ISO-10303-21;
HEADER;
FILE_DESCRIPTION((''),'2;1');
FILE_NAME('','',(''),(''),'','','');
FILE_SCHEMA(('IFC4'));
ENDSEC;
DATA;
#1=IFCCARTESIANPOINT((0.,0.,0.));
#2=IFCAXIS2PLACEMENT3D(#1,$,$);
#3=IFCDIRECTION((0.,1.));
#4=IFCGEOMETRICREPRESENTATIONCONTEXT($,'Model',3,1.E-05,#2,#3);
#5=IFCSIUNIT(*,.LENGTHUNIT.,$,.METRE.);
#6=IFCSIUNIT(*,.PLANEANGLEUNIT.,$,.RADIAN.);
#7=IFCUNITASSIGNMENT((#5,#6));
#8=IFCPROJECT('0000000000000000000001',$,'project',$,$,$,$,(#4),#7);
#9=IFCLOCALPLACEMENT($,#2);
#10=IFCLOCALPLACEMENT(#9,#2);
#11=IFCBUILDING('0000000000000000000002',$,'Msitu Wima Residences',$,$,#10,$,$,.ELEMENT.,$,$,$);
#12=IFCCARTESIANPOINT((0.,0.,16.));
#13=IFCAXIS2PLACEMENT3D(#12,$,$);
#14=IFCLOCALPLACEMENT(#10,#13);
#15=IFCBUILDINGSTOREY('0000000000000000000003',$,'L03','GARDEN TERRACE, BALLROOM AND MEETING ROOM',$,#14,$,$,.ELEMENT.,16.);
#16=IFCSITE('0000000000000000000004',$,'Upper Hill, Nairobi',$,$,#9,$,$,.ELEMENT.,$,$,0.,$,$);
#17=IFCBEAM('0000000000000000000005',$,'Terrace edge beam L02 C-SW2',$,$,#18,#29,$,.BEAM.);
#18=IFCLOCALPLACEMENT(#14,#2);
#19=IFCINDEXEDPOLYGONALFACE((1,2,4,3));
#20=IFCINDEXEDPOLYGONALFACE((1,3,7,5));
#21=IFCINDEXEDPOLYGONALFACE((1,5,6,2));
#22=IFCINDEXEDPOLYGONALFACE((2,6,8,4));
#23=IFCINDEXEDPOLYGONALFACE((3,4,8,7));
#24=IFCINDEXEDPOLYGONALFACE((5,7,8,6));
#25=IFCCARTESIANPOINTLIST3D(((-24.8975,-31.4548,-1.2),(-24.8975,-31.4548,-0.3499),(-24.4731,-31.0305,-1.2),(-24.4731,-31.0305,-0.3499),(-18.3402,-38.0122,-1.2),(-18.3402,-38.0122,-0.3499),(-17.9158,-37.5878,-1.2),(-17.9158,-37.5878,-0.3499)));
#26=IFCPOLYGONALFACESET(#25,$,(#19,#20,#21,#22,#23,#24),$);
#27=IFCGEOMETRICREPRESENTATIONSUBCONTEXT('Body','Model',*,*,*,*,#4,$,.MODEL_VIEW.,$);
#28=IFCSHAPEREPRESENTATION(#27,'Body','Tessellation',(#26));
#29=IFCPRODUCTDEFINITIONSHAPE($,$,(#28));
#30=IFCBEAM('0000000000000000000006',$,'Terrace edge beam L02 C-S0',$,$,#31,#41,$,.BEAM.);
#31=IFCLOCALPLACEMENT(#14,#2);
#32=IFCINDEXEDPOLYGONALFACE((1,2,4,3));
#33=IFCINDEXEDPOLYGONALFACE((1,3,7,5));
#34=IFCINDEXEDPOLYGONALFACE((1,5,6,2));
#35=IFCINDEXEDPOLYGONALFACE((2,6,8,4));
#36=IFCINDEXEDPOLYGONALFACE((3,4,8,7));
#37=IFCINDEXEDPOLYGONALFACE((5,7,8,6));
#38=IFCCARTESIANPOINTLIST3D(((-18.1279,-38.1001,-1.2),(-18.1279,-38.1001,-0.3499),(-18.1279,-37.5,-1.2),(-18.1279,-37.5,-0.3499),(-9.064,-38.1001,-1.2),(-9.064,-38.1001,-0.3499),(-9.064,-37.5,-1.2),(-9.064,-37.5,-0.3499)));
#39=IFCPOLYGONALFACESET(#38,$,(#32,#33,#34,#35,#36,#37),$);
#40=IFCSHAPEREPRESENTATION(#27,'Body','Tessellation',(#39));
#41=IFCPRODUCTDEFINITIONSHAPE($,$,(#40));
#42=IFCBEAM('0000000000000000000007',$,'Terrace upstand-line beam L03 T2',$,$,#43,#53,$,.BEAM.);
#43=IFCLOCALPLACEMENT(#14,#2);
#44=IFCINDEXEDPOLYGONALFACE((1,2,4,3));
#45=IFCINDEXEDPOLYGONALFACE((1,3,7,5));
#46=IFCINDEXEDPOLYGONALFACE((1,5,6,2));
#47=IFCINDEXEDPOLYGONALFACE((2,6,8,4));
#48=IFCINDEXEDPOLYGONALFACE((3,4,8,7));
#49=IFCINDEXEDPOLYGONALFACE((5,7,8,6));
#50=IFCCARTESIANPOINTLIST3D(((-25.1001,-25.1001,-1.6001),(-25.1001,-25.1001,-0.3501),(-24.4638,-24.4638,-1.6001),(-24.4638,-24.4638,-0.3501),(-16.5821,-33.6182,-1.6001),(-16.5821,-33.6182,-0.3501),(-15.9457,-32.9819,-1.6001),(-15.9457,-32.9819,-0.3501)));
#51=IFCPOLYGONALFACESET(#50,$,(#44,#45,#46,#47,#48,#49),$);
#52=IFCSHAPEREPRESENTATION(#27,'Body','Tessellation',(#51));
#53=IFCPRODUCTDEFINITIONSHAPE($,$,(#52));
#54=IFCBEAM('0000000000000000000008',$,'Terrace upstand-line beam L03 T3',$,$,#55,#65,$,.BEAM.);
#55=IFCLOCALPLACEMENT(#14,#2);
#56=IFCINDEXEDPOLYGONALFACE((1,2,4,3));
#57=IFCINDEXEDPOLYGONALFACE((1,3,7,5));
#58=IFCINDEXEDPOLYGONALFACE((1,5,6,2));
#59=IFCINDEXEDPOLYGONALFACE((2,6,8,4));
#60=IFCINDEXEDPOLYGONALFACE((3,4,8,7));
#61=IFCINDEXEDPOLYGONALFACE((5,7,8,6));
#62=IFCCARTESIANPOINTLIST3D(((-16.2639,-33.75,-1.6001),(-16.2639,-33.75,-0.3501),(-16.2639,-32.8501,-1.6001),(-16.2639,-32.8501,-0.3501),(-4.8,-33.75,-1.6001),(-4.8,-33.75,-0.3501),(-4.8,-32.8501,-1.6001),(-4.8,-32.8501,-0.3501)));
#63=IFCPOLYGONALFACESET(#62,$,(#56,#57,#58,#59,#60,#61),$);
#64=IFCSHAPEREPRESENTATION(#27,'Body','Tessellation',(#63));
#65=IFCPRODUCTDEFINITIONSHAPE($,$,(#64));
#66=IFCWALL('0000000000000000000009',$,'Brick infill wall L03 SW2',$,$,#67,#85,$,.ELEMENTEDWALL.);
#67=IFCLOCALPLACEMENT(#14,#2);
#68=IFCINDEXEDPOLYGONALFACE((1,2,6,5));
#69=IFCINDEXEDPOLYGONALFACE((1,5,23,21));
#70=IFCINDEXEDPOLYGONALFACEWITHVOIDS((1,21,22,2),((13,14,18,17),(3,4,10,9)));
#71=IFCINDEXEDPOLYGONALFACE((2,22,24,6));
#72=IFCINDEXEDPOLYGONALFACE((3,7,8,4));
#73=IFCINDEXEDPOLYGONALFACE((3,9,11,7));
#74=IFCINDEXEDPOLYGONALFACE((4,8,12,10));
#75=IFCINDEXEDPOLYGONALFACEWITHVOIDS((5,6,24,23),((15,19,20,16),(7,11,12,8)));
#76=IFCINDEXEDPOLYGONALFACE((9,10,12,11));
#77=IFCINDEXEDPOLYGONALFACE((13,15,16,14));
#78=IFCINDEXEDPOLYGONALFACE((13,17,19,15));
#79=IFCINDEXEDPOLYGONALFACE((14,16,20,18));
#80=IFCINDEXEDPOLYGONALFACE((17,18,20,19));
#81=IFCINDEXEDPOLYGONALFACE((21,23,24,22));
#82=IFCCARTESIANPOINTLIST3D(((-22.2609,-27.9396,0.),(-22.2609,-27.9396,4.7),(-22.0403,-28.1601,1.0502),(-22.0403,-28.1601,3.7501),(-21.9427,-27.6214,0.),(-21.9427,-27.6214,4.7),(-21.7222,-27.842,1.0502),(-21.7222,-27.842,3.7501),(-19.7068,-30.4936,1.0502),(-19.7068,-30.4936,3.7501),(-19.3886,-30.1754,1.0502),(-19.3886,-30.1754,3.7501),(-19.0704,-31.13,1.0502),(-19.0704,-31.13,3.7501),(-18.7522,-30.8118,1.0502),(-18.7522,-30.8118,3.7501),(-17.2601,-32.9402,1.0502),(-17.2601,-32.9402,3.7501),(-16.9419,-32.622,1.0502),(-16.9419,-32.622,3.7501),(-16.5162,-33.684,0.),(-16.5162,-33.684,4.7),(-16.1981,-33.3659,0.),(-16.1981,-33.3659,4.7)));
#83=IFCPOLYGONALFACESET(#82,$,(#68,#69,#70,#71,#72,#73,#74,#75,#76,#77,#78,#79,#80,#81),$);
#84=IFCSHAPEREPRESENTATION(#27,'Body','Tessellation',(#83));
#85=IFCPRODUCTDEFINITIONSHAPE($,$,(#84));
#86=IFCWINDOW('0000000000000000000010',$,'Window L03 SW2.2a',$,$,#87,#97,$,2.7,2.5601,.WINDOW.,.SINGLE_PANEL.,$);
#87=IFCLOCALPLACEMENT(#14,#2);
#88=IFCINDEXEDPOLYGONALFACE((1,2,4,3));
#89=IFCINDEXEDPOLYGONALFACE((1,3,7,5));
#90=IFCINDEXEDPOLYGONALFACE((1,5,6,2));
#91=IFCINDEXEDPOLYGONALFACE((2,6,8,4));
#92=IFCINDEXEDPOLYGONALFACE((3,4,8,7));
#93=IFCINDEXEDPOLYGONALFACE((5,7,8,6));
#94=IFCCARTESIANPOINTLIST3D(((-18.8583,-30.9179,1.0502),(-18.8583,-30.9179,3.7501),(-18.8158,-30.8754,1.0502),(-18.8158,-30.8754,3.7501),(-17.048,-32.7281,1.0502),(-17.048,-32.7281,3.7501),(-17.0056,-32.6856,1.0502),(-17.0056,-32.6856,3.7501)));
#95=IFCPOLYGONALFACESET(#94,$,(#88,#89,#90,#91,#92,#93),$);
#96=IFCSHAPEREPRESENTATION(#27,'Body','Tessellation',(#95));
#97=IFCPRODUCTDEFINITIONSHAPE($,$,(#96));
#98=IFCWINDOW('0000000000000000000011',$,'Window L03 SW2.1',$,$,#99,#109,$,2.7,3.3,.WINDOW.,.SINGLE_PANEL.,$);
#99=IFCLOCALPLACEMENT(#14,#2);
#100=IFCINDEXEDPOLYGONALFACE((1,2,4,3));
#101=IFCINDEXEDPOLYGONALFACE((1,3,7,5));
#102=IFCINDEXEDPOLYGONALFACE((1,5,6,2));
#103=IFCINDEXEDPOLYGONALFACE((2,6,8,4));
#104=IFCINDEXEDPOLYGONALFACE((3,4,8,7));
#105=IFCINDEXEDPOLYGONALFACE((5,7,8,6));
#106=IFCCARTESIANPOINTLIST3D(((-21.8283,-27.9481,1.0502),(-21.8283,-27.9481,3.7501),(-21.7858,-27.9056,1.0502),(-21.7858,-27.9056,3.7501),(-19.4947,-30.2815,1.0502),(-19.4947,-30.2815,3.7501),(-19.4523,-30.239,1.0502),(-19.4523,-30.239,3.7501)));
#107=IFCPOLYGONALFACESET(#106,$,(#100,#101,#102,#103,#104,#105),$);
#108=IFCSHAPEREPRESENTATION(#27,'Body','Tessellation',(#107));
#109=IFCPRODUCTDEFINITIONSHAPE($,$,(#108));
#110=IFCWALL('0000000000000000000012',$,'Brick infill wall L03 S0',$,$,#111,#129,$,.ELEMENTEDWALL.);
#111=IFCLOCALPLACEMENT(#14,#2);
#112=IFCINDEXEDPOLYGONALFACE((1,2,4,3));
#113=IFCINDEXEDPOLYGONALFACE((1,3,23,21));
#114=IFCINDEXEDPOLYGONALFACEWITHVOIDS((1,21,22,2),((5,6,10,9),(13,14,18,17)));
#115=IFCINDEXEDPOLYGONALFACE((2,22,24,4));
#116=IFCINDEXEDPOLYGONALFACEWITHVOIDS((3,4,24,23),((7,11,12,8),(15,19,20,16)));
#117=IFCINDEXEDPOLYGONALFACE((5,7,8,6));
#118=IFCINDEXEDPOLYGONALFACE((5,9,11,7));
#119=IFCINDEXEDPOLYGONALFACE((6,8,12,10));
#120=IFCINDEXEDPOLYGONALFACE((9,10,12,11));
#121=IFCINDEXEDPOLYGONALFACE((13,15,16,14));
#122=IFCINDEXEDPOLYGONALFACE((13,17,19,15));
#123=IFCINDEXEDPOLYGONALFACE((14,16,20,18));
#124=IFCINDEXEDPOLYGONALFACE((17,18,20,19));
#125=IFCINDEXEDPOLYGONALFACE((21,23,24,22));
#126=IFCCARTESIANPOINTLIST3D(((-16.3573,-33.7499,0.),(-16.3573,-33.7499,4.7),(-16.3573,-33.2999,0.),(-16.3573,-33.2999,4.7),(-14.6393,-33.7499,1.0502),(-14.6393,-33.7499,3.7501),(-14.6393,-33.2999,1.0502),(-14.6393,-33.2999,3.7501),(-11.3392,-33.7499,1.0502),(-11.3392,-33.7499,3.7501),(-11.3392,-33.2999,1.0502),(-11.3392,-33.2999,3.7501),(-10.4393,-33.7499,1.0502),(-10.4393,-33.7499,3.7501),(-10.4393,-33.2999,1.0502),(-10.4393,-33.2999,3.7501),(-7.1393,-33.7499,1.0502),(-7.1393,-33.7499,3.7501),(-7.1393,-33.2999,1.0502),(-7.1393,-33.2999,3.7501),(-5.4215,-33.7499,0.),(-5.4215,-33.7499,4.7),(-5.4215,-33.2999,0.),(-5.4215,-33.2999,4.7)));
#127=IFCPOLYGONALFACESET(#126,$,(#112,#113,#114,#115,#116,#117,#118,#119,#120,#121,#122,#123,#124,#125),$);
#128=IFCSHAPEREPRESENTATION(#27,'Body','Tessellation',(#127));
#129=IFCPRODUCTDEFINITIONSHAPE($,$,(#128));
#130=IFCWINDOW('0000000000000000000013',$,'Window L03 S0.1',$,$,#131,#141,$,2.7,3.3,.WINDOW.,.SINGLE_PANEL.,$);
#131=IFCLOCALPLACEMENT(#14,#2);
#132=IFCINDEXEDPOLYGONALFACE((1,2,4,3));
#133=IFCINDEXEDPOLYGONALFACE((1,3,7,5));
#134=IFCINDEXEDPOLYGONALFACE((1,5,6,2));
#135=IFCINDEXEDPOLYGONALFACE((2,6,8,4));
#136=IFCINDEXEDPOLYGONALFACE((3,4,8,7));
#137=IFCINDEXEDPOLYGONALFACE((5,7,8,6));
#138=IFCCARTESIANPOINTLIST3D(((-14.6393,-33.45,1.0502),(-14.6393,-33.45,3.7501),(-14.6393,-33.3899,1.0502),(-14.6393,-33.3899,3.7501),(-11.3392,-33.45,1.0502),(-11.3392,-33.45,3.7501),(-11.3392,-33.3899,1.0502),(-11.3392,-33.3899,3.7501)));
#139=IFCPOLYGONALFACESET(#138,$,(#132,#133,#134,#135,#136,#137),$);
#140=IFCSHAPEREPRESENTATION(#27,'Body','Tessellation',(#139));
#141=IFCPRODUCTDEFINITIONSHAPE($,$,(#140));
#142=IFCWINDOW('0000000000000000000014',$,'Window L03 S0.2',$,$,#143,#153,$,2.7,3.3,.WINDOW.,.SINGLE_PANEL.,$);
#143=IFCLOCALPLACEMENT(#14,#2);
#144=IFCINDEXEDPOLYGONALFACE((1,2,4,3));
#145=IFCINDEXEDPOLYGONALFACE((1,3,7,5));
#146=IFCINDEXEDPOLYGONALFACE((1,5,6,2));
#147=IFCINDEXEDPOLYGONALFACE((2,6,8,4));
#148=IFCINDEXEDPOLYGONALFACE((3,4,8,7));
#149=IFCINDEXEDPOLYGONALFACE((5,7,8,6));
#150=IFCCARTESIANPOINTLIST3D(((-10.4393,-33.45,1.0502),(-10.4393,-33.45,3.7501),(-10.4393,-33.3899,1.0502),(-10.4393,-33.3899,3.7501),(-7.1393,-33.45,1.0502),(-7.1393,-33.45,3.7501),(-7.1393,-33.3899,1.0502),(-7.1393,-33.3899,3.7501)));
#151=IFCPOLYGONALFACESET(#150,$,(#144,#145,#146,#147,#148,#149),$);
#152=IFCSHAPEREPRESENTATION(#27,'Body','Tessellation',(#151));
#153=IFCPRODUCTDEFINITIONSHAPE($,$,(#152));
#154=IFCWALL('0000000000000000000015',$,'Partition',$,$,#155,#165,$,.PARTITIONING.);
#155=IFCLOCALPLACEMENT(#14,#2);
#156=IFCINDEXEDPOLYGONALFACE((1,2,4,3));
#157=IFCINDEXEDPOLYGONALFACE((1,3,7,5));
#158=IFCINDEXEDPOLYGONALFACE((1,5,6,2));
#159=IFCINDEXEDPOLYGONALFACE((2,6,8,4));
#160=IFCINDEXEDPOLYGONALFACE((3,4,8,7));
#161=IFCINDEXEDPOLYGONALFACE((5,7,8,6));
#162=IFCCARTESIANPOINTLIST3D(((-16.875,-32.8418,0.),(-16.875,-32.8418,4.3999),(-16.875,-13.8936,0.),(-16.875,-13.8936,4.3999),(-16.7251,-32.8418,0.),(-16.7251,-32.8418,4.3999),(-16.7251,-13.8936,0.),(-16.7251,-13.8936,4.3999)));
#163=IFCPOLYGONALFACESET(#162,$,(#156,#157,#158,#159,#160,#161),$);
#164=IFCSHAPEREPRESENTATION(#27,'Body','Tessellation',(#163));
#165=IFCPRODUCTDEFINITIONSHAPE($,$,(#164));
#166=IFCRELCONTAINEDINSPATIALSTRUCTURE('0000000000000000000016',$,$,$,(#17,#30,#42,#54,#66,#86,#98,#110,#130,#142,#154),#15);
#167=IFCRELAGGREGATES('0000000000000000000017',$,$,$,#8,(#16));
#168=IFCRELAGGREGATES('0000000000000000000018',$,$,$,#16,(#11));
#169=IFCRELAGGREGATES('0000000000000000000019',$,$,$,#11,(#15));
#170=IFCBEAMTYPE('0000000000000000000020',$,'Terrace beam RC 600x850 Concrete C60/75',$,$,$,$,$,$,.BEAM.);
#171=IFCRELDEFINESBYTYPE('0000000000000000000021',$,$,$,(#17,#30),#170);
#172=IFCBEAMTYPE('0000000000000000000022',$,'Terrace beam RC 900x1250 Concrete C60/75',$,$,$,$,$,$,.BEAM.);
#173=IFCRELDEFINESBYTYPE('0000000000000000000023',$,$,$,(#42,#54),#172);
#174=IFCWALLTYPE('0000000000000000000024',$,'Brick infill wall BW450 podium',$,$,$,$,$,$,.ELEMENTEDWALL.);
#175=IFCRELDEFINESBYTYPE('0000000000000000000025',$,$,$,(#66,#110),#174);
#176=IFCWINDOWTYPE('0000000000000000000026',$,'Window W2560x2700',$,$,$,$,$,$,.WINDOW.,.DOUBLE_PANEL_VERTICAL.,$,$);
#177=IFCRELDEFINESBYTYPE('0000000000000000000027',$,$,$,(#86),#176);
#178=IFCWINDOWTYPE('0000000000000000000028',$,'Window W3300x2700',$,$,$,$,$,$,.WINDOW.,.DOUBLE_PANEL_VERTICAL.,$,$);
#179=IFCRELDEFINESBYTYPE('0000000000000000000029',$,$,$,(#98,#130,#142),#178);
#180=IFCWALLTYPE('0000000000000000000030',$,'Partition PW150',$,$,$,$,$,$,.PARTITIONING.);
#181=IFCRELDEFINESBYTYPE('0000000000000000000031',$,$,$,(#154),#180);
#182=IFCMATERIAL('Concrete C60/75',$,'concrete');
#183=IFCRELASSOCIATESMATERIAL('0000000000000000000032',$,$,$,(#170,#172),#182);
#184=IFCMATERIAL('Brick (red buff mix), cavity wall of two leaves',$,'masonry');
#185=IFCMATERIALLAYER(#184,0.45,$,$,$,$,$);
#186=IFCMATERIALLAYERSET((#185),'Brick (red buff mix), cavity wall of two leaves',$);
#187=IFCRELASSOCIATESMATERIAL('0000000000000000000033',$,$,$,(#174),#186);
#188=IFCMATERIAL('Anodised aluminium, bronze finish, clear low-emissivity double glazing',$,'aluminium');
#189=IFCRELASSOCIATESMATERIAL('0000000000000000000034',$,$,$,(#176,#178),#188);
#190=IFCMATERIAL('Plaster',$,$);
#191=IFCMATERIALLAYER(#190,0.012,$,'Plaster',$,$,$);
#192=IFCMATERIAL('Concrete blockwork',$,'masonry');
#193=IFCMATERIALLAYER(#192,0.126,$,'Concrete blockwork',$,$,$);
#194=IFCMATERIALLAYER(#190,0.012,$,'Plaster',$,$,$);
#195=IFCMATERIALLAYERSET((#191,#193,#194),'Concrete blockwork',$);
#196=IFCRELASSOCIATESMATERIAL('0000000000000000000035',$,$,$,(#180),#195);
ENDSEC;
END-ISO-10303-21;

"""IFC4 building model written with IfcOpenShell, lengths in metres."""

from ifc_helpers import new_model, si_unit, direction, frame, frame_2d, origin, origin_2d, place, context, subcontext, project, spatial, rectangle, extrude, material, layer, layer_set, material_profile, profile_set, type_object, element, fill, save


model = new_model("IFC4")

# Units and contexts
model_context = context("Model", 3, precision=1e-05, world=origin(), true_north=direction((0.0, 1.0)))
body_context = subcontext(model_context, "Body", "Model", "MODEL_VIEW")
ifc_project = project(units=[si_unit("LENGTHUNIT", "METRE"), si_unit("PLANEANGLEUNIT", "RADIAN")], contexts=[model_context])

# Site, building, storey
site_placement = place(None, origin())
site = spatial("IfcSite", under=ifc_project, at=site_placement, Name="Upper Hill, Nairobi", CompositionType="ELEMENT", RefElevation=0.0)
building_placement = place(site_placement, origin())
building = spatial("IfcBuilding", under=site, at=building_placement, Name="Msitu Wima Residences", CompositionType="ELEMENT")
storey_placement = place(building_placement, frame((0.0, 0.0, 16.0)))
storey = spatial("IfcBuildingStorey", under=building, at=storey_placement, Name="L03", Description="GARDEN TERRACE, BALLROOM AND MEETING ROOM", CompositionType="ELEMENT", Elevation=16.0)

# Beams
ifc_material_1 = material(Name="Concrete C60/75", Category="concrete")
ifc_material_profile_1 = material_profile(ifc_material_1, rectangle(XDim=0.6001, YDim=0.8501, at=origin_2d()), Name="RC 600x850")
ifc_profile_set_1 = profile_set([ifc_material_profile_1], Name="Concrete C60/75")
beam_type_1 = type_object("IfcBeamType", Name="Terrace beam RC 600x850 Concrete C60/75", PredefinedType="BEAM", material=ifc_profile_set_1)
beam_1_placement = place(storey_placement, frame((-24.6853, -31.2427, -0.7749), z_axis=(0.707107, -0.707107, 0.0), x_axis=(0.707107, 0.707107, 0.0)))
element("IfcBeam", 1, at=beam_1_placement, inside=storey, type_object=beam_type_1, Name="Terrace edge beam L02 C-SW2", PredefinedType="BEAM", context=body_context, shape_type="SweptSolid", body=[
    extrude(rectangle(XDim=0.6001, YDim=0.8501, at=origin_2d()), origin(), (0.0, 0.0, 1.0), 9.2734),
])
beam_2_placement = place(storey_placement, frame((-18.1279, -37.8, -0.7749), z_axis=(1.0, 0.0, 0.0), x_axis=(0.0, 1.0, 0.0)))
element("IfcBeam", 2, at=beam_2_placement, inside=storey, type_object=beam_type_1, Name="Terrace edge beam L02 C-S0", PredefinedType="BEAM", context=body_context, shape_type="SweptSolid", body=[
    extrude(rectangle(XDim=0.6001, YDim=0.8501, at=origin_2d()), origin(), (0.0, 0.0, 1.0), 9.064),
])
ifc_material_profile_2 = material_profile(ifc_material_1, rectangle(XDim=0.8999, YDim=1.25, at=origin_2d()), Name="RC 900x1250")
ifc_profile_set_2 = profile_set([ifc_material_profile_2], Name="Concrete C60/75")
beam_type_2 = type_object("IfcBeamType", Name="Terrace beam RC 900x1250 Concrete C60/75", PredefinedType="BEAM", material=ifc_profile_set_2)
beam_3_placement = place(storey_placement, frame((-24.782, -24.782, -0.9751), z_axis=(0.707107, -0.707107, 0.0), x_axis=(0.707107, 0.707107, 0.0)))
element("IfcBeam", 3, at=beam_3_placement, inside=storey, type_object=beam_type_2, Name="Terrace upstand-line beam L03 T2", PredefinedType="BEAM", context=body_context, shape_type="SweptSolid", body=[
    extrude(rectangle(XDim=0.8999, YDim=1.25, at=origin_2d()), origin(), (0.0, 0.0, 1.0), 12.0464),
])
beam_4_placement = place(storey_placement, frame((-16.2639, -33.3, -0.9751), z_axis=(1.0, 0.0, 0.0), x_axis=(0.0, 1.0, 0.0)))
element("IfcBeam", 4, at=beam_4_placement, inside=storey, type_object=beam_type_2, Name="Terrace upstand-line beam L03 T3", PredefinedType="BEAM", context=body_context, shape_type="SweptSolid", body=[
    extrude(rectangle(XDim=0.8999, YDim=1.25, at=origin_2d()), origin(), (0.0, 0.0, 1.0), 11.4639),
])

# Walls, openings, windows
ifc_material_2 = material(Name="Brick (red buff mix), cavity wall of two leaves", Category="masonry")
ifc_layer_1 = layer(ifc_material_2, 0.45)
ifc_layer_set_1 = layer_set([ifc_layer_1], Name="Brick (red buff mix), cavity wall of two leaves")
wall_type_1 = type_object("IfcWallType", Name="Brick infill wall BW450 podium", PredefinedType="ELEMENTEDWALL", material=ifc_layer_set_1)
wall_1_placement = place(storey_placement, frame((-22.1018, -27.7805, 0.0), z_axis=(0.0, 0.0, 1.0), x_axis=(0.707122, -0.707092, 0.0)))
wall_1 = element("IfcWall", 5, at=wall_1_placement, inside=storey, type_object=wall_type_1, Name="Brick infill wall L03 SW2", PredefinedType="ELEMENTEDWALL", context=body_context, shape_type="SweptSolid", body=[
    extrude(rectangle(XDim=8.124, YDim=0.45, at=frame_2d((4.062, 0.0))), origin(), (0.0, 0.0, 1.0), 4.7),
])
opening_1_placement = place(wall_1_placement, frame((0.312, 0.0, 1.05)))
opening_1 = element("IfcOpeningElement", 6, at=opening_1_placement, cuts=wall_1, PredefinedType="OPENING", context=body_context, shape_type="SweptSolid", body=[
    extrude(rectangle(XDim=3.3, YDim=2.7, at=frame_2d((1.6499, 1.3501))), frame((0.0, 0.2349, 0.0), z_axis=(0.0, -1.0, 0.0), x_axis=(1.0, 0.0, 0.0)), (0.0, 0.0, 1.0), 0.47),
])
opening_2_placement = place(wall_1_placement, frame((4.512, 0.0, 1.05)))
opening_2 = element("IfcOpeningElement", 7, at=opening_2_placement, cuts=wall_1, PredefinedType="OPENING", context=body_context, shape_type="SweptSolid", body=[
    extrude(rectangle(XDim=2.5601, YDim=2.7, at=frame_2d((1.28, 1.3501))), frame((0.0, 0.2349, 0.0), z_axis=(0.0, -1.0, 0.0), x_axis=(1.0, 0.0, 0.0)), (0.0, 0.0, 1.0), 0.47),
])
ifc_material_3 = material(Name="Anodised aluminium, bronze finish, clear low-emissivity double glazing", Category="aluminium")
window_type_1 = type_object("IfcWindowType", Name="Window W2560x2700", PartitioningType="DOUBLE_PANEL_VERTICAL", PredefinedType="WINDOW", material=ifc_material_3)
window_1_placement = place(opening_2_placement, origin())
window_1 = element("IfcWindow", 8, at=window_1_placement, inside=storey, type_object=window_type_1, Name="Window L03 SW2.2a", OverallHeight=2.7, OverallWidth=2.5601, PartitioningType="SINGLE_PANEL", PredefinedType="WINDOW", context=body_context, shape_type="SweptSolid", body=[
    extrude(rectangle(XDim=2.5601, YDim=2.7, at=frame_2d((1.28, 1.3501))), frame((0.0, 0.135, 0.0), z_axis=(0.0, -1.0, 0.0), x_axis=(1.0, 0.0, 0.0)), (0.0, 0.0, 1.0), 0.0601),
])
fill(opening_2, window_1)
window_type_2 = type_object("IfcWindowType", Name="Window W3300x2700", PartitioningType="DOUBLE_PANEL_VERTICAL", PredefinedType="WINDOW", material=ifc_material_3)
window_2_placement = place(opening_1_placement, origin())
window_2 = element("IfcWindow", 9, at=window_2_placement, inside=storey, type_object=window_type_2, Name="Window L03 SW2.1", OverallHeight=2.7, OverallWidth=3.3, PartitioningType="SINGLE_PANEL", PredefinedType="WINDOW", context=body_context, shape_type="SweptSolid", body=[
    extrude(rectangle(XDim=3.3, YDim=2.7, at=frame_2d((1.6499, 1.3501))), frame((0.0, 0.135, 0.0), z_axis=(0.0, -1.0, 0.0), x_axis=(1.0, 0.0, 0.0)), (0.0, 0.0, 1.0), 0.0601),
])
fill(opening_1, window_2)
wall_2_placement = place(storey_placement, frame((-16.3572, -33.5249, 0.0), z_axis=(0.0, 0.0, 1.0), x_axis=(1.0, 0.0, 0.0)))
wall_2 = element("IfcWall", 10, at=wall_2_placement, inside=storey, type_object=wall_type_1, Name="Brick infill wall L03 S0", PredefinedType="ELEMENTEDWALL", context=body_context, shape_type="SweptSolid", body=[
    extrude(rectangle(XDim=10.9358, YDim=0.45, at=frame_2d((5.4678, 0.0))), origin(), (0.0, 0.0, 1.0), 4.7),
])
opening_3_placement = place(wall_2_placement, frame((1.718, 0.0, 1.05)))
opening_3 = element("IfcOpeningElement", 11, at=opening_3_placement, cuts=wall_2, PredefinedType="OPENING", context=body_context, shape_type="SweptSolid", body=[
    extrude(rectangle(XDim=3.3, YDim=2.7, at=frame_2d((1.6499, 1.3501))), frame((0.0, 0.2349, 0.0), z_axis=(0.0, -1.0, 0.0), x_axis=(1.0, 0.0, 0.0)), (0.0, 0.0, 1.0), 0.47),
])
opening_4_placement = place(wall_2_placement, frame((5.918, 0.0, 1.05)))
opening_4 = element("IfcOpeningElement", 12, at=opening_4_placement, cuts=wall_2, PredefinedType="OPENING", context=body_context, shape_type="SweptSolid", body=[
    extrude(rectangle(XDim=3.3, YDim=2.7, at=frame_2d((1.6499, 1.3501))), frame((0.0, 0.2349, 0.0), z_axis=(0.0, -1.0, 0.0), x_axis=(1.0, 0.0, 0.0)), (0.0, 0.0, 1.0), 0.47),
])
window_3_placement = place(opening_3_placement, origin())
window_3 = element("IfcWindow", 13, at=window_3_placement, inside=storey, type_object=window_type_2, Name="Window L03 S0.1", OverallHeight=2.7, OverallWidth=3.3, PartitioningType="SINGLE_PANEL", PredefinedType="WINDOW", context=body_context, shape_type="SweptSolid", body=[
    extrude(rectangle(XDim=3.3, YDim=2.7, at=frame_2d((1.6499, 1.3501))), frame((0.0, 0.135, 0.0), z_axis=(0.0, -1.0, 0.0), x_axis=(1.0, 0.0, 0.0)), (0.0, 0.0, 1.0), 0.0601),
])
fill(opening_3, window_3)
window_4_placement = place(opening_4_placement, origin())
window_4 = element("IfcWindow", 14, at=window_4_placement, inside=storey, type_object=window_type_2, Name="Window L03 S0.2", OverallHeight=2.7, OverallWidth=3.3, PartitioningType="SINGLE_PANEL", PredefinedType="WINDOW", context=body_context, shape_type="SweptSolid", body=[
    extrude(rectangle(XDim=3.3, YDim=2.7, at=frame_2d((1.6499, 1.3501))), frame((0.0, 0.135, 0.0), z_axis=(0.0, -1.0, 0.0), x_axis=(1.0, 0.0, 0.0)), (0.0, 0.0, 1.0), 0.0601),
])
fill(opening_4, window_4)

# Wall
ifc_material_4 = material(Name="Plaster")
ifc_layer_2 = layer(ifc_material_4, 0.012, Name="Plaster")
ifc_material_5 = material(Name="Concrete blockwork", Category="masonry")
ifc_layer_3 = layer(ifc_material_5, 0.126, Name="Concrete blockwork")
ifc_layer_4 = layer(ifc_material_4, 0.012, Name="Plaster")
ifc_layer_set_2 = layer_set([ifc_layer_2, ifc_layer_3, ifc_layer_4], Name="Concrete blockwork")
wall_type_2 = type_object("IfcWallType", Name="Partition PW150", PredefinedType="PARTITIONING", material=ifc_layer_set_2)
wall_3_placement = place(storey_placement, frame((-16.8, -32.8418, 0.0), z_axis=(0.0, 0.0, 1.0), x_axis=(0.0, 1.0, 0.0)))
element("IfcWall", 15, at=wall_3_placement, inside=storey, type_object=wall_type_2, Name="Partition", PredefinedType="PARTITIONING", context=body_context, shape_type="SweptSolid", body=[
    extrude(rectangle(XDim=18.9482, YDim=0.1499, at=frame_2d((9.4741, 0.0))), origin(), (0.0, 0.0, 1.0), 4.3999),
])

save(model, "model.ifc")
